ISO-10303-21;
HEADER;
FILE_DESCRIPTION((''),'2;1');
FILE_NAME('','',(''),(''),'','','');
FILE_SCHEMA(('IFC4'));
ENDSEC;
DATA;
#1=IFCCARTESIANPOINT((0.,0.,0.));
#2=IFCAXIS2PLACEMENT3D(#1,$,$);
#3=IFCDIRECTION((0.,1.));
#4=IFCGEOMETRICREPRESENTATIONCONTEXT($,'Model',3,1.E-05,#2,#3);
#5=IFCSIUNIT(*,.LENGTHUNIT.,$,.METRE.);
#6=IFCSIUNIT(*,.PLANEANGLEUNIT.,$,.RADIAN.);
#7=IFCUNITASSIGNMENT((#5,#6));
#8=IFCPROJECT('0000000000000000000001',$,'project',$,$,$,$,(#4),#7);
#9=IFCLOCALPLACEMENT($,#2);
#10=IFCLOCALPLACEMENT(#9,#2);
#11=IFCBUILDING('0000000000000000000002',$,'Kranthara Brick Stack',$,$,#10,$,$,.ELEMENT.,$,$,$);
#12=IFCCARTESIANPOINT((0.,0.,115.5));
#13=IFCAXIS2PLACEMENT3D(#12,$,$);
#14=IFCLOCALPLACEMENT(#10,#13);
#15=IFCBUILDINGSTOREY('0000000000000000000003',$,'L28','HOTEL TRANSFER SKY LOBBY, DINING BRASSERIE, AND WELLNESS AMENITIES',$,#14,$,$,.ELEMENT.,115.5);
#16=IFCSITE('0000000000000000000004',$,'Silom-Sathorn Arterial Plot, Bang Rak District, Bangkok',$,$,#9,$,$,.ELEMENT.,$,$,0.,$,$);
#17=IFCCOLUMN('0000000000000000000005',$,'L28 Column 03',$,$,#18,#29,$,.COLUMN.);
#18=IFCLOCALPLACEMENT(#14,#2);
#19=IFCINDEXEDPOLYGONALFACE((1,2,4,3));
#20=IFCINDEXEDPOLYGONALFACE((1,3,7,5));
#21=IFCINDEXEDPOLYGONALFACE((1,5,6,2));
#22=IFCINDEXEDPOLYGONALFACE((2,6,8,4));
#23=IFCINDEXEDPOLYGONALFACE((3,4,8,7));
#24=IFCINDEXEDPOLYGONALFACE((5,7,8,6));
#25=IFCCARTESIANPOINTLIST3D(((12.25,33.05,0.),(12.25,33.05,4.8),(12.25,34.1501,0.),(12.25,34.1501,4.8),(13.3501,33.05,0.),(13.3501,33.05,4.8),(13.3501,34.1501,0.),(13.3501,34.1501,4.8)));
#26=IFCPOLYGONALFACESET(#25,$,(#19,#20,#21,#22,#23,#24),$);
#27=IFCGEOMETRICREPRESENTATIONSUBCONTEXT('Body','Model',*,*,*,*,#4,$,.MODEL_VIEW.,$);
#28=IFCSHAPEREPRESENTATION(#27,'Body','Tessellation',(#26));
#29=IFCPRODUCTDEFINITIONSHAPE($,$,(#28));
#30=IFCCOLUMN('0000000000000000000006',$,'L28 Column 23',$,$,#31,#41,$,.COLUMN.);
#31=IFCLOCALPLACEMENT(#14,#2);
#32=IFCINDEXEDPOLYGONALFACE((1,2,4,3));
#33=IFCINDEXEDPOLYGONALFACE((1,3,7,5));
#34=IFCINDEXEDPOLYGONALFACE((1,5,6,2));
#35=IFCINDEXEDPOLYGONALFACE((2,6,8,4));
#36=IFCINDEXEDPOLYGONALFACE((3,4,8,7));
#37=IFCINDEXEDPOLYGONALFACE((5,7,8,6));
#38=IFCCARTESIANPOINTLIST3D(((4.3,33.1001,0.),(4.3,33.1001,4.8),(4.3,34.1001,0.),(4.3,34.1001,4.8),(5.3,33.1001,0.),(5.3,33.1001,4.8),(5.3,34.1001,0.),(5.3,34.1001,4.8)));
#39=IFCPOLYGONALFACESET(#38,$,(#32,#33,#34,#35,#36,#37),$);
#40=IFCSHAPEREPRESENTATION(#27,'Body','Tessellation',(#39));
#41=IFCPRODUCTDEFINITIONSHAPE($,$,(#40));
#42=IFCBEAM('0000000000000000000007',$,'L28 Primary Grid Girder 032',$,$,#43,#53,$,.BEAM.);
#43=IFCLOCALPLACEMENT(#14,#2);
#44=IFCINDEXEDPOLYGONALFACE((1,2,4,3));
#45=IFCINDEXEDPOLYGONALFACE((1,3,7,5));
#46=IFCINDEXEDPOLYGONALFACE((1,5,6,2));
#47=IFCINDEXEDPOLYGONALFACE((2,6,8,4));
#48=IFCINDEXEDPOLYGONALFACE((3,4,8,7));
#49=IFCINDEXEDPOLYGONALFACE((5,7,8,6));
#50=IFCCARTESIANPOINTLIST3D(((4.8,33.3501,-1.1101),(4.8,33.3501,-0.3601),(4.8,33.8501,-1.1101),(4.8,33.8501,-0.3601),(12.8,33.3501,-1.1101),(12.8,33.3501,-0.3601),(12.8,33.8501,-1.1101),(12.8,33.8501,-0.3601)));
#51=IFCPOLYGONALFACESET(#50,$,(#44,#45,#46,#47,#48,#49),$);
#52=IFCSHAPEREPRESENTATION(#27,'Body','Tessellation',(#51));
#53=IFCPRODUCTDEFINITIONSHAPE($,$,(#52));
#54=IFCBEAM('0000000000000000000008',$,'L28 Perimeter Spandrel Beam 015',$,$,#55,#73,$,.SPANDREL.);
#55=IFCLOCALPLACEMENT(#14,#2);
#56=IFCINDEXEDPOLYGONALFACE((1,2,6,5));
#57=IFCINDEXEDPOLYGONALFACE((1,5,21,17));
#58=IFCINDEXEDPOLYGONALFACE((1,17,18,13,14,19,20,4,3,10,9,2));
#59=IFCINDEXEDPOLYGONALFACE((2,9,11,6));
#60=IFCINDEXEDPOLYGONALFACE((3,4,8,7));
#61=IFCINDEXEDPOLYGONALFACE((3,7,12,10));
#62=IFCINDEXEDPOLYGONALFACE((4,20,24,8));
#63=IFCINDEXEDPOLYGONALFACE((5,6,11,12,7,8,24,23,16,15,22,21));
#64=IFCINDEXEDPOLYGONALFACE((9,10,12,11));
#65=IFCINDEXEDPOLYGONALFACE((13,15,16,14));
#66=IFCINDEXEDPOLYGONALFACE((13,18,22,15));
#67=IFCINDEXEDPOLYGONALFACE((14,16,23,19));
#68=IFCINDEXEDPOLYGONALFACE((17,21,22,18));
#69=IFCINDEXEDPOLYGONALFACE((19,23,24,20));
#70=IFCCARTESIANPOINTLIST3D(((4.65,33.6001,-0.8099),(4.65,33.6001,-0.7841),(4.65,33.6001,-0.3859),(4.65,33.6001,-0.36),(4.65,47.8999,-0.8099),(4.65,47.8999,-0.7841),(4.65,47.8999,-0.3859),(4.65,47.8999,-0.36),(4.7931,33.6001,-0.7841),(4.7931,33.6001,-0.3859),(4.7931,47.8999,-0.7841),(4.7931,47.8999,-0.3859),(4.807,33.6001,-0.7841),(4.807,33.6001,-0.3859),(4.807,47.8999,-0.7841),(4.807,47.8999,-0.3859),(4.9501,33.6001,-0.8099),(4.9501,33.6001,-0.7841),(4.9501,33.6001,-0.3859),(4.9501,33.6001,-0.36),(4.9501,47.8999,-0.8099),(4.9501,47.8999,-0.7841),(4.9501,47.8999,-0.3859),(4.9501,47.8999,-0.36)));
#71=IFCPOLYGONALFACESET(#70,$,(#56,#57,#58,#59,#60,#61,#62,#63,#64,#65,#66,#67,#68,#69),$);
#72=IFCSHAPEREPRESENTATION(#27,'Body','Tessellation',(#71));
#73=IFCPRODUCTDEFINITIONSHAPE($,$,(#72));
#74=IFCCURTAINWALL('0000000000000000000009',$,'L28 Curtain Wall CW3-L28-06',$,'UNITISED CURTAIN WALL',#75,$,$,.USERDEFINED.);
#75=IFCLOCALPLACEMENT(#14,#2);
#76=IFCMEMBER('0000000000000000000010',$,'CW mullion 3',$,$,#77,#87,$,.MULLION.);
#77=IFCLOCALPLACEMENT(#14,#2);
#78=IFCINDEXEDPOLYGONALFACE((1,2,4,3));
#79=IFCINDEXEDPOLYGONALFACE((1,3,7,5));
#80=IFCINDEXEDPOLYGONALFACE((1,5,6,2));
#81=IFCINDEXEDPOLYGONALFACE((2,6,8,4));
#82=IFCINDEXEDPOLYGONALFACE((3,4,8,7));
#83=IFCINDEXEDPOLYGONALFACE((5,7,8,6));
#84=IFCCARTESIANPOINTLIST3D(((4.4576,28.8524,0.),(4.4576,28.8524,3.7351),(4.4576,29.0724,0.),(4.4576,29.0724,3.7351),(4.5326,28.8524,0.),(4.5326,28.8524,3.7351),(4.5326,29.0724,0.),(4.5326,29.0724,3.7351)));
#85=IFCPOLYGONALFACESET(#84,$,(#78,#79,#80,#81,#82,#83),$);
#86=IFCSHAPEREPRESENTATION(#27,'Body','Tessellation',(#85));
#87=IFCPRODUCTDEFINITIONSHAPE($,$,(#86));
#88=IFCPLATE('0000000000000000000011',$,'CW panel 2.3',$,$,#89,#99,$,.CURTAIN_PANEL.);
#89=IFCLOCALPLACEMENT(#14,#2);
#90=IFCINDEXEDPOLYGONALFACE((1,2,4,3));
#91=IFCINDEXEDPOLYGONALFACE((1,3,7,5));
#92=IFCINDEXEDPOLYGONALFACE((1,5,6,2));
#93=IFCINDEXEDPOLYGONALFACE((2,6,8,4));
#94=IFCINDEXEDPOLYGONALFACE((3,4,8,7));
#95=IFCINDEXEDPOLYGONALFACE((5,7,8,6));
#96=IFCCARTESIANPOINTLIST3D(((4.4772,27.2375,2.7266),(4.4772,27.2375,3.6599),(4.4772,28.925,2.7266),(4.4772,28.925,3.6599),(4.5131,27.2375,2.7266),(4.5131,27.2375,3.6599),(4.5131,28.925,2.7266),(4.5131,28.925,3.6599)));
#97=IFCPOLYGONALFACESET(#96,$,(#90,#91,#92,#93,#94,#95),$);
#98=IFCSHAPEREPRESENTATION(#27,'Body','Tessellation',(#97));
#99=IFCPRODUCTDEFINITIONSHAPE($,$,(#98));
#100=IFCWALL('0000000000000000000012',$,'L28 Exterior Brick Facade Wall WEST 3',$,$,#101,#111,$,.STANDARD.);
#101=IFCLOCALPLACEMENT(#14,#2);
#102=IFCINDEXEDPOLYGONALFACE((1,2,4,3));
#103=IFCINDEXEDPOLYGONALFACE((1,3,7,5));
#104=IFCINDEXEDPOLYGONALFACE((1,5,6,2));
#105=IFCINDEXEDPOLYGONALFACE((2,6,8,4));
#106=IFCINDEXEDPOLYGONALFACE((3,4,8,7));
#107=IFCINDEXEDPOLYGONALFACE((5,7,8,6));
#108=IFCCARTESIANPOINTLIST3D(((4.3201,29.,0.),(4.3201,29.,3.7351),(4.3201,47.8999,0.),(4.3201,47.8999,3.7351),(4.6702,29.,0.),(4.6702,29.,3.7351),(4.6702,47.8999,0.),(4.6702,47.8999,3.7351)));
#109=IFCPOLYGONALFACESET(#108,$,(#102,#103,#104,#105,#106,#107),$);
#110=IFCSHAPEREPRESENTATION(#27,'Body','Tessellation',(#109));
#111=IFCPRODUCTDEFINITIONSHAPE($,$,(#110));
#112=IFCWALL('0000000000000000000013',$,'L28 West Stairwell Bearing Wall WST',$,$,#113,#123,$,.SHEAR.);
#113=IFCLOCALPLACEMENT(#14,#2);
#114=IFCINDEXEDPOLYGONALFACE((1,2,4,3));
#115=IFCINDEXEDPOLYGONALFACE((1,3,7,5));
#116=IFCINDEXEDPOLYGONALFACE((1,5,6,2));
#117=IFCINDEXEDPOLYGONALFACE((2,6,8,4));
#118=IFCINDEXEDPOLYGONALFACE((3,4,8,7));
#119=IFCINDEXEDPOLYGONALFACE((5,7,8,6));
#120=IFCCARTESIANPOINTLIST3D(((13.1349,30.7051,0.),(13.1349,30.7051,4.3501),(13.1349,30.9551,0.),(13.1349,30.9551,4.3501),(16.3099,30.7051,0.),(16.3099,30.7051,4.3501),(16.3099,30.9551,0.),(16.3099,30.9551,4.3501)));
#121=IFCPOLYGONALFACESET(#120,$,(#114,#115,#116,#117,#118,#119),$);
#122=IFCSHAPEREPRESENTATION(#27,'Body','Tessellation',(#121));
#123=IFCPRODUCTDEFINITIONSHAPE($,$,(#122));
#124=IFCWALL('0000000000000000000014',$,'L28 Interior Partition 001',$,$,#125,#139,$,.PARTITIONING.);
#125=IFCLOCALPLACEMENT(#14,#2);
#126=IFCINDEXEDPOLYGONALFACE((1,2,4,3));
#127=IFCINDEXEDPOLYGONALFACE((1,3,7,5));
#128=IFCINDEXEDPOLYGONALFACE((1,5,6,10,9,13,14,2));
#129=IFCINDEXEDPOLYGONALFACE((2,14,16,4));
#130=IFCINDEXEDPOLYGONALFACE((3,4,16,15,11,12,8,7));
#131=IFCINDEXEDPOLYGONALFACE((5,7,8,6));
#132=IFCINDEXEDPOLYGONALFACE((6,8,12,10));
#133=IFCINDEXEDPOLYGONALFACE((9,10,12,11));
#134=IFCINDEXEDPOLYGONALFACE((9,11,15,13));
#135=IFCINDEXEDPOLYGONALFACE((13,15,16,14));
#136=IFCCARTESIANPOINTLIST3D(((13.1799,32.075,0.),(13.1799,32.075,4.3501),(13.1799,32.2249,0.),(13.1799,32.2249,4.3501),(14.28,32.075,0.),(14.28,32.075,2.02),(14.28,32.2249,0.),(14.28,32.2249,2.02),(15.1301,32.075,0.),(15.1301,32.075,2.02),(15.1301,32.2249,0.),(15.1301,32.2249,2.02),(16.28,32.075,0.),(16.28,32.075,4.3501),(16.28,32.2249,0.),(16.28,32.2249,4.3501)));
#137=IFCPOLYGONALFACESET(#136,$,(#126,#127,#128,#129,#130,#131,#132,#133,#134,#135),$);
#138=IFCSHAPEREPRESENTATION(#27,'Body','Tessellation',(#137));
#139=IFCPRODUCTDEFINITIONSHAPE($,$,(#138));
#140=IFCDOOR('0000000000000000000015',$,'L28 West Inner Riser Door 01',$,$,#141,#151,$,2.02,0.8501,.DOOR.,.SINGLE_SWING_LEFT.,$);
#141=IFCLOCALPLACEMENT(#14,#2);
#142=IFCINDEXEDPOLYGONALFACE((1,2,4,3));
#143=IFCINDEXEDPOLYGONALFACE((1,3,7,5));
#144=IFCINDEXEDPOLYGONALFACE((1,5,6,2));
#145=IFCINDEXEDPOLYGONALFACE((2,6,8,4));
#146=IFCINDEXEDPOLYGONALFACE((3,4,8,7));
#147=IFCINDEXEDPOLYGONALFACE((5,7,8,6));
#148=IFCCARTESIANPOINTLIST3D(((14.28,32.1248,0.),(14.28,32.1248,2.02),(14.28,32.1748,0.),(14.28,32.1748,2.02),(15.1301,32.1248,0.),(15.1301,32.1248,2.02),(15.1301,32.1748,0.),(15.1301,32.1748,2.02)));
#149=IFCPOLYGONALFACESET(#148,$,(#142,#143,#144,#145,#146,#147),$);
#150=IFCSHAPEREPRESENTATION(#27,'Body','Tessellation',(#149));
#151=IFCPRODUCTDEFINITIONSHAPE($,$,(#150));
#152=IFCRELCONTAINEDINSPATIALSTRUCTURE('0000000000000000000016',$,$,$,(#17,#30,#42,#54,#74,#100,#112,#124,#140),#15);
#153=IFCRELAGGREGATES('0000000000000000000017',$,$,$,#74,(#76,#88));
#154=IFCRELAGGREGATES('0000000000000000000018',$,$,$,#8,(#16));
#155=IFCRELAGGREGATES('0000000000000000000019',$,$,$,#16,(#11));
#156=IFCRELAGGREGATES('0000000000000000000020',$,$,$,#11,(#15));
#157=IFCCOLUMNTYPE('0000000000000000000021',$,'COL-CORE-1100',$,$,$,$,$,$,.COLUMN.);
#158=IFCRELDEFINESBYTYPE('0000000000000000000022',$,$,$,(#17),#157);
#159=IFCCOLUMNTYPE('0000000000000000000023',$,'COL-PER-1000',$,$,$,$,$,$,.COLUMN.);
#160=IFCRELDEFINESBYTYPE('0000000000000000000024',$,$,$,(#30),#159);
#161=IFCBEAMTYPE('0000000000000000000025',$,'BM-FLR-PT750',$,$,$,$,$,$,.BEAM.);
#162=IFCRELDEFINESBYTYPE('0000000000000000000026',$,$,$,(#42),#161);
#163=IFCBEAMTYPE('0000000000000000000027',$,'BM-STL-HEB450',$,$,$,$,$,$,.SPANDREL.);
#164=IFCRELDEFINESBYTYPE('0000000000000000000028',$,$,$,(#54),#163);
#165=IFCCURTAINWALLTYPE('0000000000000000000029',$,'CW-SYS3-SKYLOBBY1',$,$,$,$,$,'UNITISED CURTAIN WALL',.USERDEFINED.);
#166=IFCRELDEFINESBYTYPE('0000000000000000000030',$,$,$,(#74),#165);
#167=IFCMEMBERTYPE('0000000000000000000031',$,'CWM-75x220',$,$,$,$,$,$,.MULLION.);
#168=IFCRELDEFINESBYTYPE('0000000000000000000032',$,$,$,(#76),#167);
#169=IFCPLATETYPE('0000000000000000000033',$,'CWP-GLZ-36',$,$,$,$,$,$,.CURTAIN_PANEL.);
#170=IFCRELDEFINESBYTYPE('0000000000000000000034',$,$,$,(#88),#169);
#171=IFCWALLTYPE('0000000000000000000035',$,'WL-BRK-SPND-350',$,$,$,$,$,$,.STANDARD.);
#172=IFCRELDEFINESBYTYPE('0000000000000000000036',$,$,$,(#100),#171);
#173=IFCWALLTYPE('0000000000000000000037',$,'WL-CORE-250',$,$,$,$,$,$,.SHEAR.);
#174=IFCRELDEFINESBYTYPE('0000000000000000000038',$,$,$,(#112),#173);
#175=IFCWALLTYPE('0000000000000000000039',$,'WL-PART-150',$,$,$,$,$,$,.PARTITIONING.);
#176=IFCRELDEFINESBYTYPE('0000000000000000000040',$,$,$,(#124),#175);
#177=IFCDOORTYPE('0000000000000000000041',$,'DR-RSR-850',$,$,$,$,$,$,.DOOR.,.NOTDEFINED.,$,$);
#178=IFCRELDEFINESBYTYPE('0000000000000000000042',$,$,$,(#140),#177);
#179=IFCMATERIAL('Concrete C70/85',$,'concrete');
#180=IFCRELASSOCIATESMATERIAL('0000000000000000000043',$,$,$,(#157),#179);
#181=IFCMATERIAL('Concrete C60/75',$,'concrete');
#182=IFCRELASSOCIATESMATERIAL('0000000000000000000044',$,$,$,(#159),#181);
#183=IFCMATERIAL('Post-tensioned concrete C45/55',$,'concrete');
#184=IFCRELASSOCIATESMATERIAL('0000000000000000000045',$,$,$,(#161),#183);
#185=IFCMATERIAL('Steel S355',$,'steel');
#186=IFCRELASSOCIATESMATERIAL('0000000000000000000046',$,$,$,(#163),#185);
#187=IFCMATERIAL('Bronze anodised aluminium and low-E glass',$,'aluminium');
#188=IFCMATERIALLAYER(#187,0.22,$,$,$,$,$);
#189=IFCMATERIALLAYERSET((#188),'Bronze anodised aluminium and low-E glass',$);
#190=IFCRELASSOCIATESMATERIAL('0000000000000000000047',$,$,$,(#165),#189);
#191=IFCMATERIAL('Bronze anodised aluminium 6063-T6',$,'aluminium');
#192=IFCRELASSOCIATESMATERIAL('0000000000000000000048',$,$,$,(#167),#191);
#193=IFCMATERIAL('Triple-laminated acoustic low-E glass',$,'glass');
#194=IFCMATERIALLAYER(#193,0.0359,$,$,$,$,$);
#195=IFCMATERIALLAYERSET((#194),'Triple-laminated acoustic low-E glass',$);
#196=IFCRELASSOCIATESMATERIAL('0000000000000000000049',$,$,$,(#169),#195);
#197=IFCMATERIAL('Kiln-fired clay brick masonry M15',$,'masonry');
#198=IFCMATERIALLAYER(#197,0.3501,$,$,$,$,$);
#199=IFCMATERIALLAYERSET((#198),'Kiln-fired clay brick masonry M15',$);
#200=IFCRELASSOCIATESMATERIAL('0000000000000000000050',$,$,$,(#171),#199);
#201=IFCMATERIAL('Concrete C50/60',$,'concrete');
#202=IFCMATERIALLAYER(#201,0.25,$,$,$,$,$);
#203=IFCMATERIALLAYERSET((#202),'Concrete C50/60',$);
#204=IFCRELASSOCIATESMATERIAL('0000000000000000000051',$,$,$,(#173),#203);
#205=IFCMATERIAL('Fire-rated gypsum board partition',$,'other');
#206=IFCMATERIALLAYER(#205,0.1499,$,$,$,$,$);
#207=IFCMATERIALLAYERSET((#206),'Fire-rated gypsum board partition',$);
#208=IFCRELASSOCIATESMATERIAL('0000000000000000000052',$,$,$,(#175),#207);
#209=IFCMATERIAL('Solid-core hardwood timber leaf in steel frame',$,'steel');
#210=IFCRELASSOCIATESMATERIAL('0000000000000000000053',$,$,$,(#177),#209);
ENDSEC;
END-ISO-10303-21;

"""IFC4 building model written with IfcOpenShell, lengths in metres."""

from ifc_helpers import new_model, si_unit, direction, frame, frame_2d, origin, origin_2d, place, context, subcontext, project, spatial, rectangle, i_section, extrude, material, layer, layer_set, material_profile, profile_set, type_object, element, fill, aggregate, save


model = new_model("IFC4")

# Units and contexts
model_context = context("Model", 3, precision=1e-05, world=origin(), true_north=direction((0.0, 1.0)))
body_context = subcontext(model_context, "Body", "Model", "MODEL_VIEW")
ifc_project = project(units=[si_unit("LENGTHUNIT", "METRE"), si_unit("PLANEANGLEUNIT", "RADIAN")], contexts=[model_context])

# Site, building, storey
site_placement = place(None, origin())
site = spatial("IfcSite", under=ifc_project, at=site_placement, Name="Silom-Sathorn Arterial Plot, Bang Rak District, Bangkok", CompositionType="ELEMENT", RefElevation=0.0)
building_placement = place(site_placement, origin())
building = spatial("IfcBuilding", under=site, at=building_placement, Name="Kranthara Brick Stack", CompositionType="ELEMENT")
storey_placement = place(building_placement, frame((0.0, 0.0, 115.5)))
storey = spatial("IfcBuildingStorey", under=building, at=storey_placement, Name="L28", Description="HOTEL TRANSFER SKY LOBBY, DINING BRASSERIE, AND WELLNESS AMENITIES", CompositionType="ELEMENT", Elevation=115.5)

# Columns
ifc_material_1 = material(Name="Concrete C70/85", Category="concrete")
ifc_material_profile_1 = material_profile(ifc_material_1, rectangle(XDim=1.1001, YDim=1.1001, at=origin_2d()), Name="RC 1100x1100")
ifc_profile_set_1 = profile_set([ifc_material_profile_1], Name="Concrete C70/85")
column_type_1 = type_object("IfcColumnType", Name="COL-CORE-1100", PredefinedType="COLUMN", material=ifc_profile_set_1)
column_1_placement = place(storey_placement, frame((12.8, 33.6001, 0.0), z_axis=(0.0, 0.0, 1.0), x_axis=(1.0, 0.0, 0.0)))
element("IfcColumn", 1, at=column_1_placement, inside=storey, type_object=column_type_1, Name="L28 Column 03", PredefinedType="COLUMN", context=body_context, shape_type="SweptSolid", body=[
    extrude(rectangle(XDim=1.1001, YDim=1.1001, at=origin_2d()), origin(), (0.0, 0.0, 1.0), 4.8),
])
ifc_material_2 = material(Name="Concrete C60/75", Category="concrete")
ifc_material_profile_2 = material_profile(ifc_material_2, rectangle(XDim=1.0, YDim=1.0, at=origin_2d()), Name="RC 1000x1000")
ifc_profile_set_2 = profile_set([ifc_material_profile_2], Name="Concrete C60/75")
column_type_2 = type_object("IfcColumnType", Name="COL-PER-1000", PredefinedType="COLUMN", material=ifc_profile_set_2)
column_2_placement = place(storey_placement, frame((4.8, 33.6001, 0.0), z_axis=(0.0, 0.0, 1.0), x_axis=(1.0, 0.0, 0.0)))
element("IfcColumn", 2, at=column_2_placement, inside=storey, type_object=column_type_2, Name="L28 Column 23", PredefinedType="COLUMN", context=body_context, shape_type="SweptSolid", body=[
    extrude(rectangle(XDim=1.0, YDim=1.0, at=origin_2d()), origin(), (0.0, 0.0, 1.0), 4.8),
])

# Beams
ifc_material_3 = material(Name="Post-tensioned concrete C45/55", Category="concrete")
ifc_material_profile_3 = material_profile(ifc_material_3, rectangle(XDim=0.5, YDim=0.75, at=origin_2d()), Name="PT 500x750")
ifc_profile_set_3 = profile_set([ifc_material_profile_3], Name="Post-tensioned concrete C45/55")
beam_type_1 = type_object("IfcBeamType", Name="BM-FLR-PT750", PredefinedType="BEAM", material=ifc_profile_set_3)
beam_1_placement = place(storey_placement, frame((4.8, 33.6001, -0.7351), z_axis=(1.0, 0.0, 0.0), x_axis=(0.0, 1.0, 0.0)))
element("IfcBeam", 3, at=beam_1_placement, inside=storey, type_object=beam_type_1, Name="L28 Primary Grid Girder 032", PredefinedType="BEAM", context=body_context, shape_type="SweptSolid", body=[
    extrude(rectangle(XDim=0.5, YDim=0.75, at=origin_2d()), origin(), (0.0, 0.0, 1.0), 8.0),
])
ifc_material_4 = material(Name="Steel S355", Category="steel")
ifc_material_profile_4 = material_profile(ifc_material_4, i_section(OverallWidth=0.3, OverallDepth=0.45, WebThickness=0.0139, FlangeThickness=0.0259, at=origin_2d()), Name="HEB 450")
ifc_profile_set_4 = profile_set([ifc_material_profile_4], Name="Steel S355")
beam_type_2 = type_object("IfcBeamType", Name="BM-STL-HEB450", PredefinedType="SPANDREL", material=ifc_profile_set_4)
beam_2_placement = place(storey_placement, frame((4.8, 33.6001, -0.585), z_axis=(0.0, 1.0, 0.0), x_axis=(-1.0, 0.0, 0.0)))
element("IfcBeam", 4, at=beam_2_placement, inside=storey, type_object=beam_type_2, Name="L28 Perimeter Spandrel Beam 015", PredefinedType="SPANDREL", context=body_context, shape_type="SweptSolid", body=[
    extrude(i_section(OverallWidth=0.3, OverallDepth=0.45, WebThickness=0.0139, FlangeThickness=0.0259, at=origin_2d()), origin(), (0.0, 0.0, 1.0), 14.2998),
])

# Curtain wall, member, plate
ifc_material_5 = material(Name="Bronze anodised aluminium and low-E glass", Category="aluminium")
ifc_layer_1 = layer(ifc_material_5, 0.22)
ifc_layer_set_1 = layer_set([ifc_layer_1], Name="Bronze anodised aluminium and low-E glass")
curtain_wall_type = type_object("IfcCurtainWallType", Name="CW-SYS3-SKYLOBBY1", ElementType="UNITISED CURTAIN WALL", PredefinedType="USERDEFINED", material=ifc_layer_set_1)
curtain_wall_placement = place(storey_placement, origin())
curtain_wall = element("IfcCurtainWall", 5, at=curtain_wall_placement, inside=storey, type_object=curtain_wall_type, Name="L28 Curtain Wall CW3-L28-06", ObjectType="UNITISED CURTAIN WALL", PredefinedType="USERDEFINED")
ifc_material_6 = material(Name="Bronze anodised aluminium 6063-T6", Category="aluminium")
ifc_material_profile_5 = material_profile(ifc_material_6, rectangle(XDim=0.075, YDim=0.22, at=origin_2d()), Name="ALU MULLION 75x220")
ifc_profile_set_5 = profile_set([ifc_material_profile_5], Name="Bronze anodised aluminium 6063-T6")
member_type = type_object("IfcMemberType", Name="CWM-75x220", PredefinedType="MULLION", material=ifc_profile_set_5)
member_placement = place(storey_placement, frame((4.4951, 28.9624, 0.0), z_axis=(0.0, 0.0, 1.0), x_axis=(-1.0, 0.0, 0.0)))
member = element("IfcMember", 6, at=member_placement, type_object=member_type, Name="CW mullion 3", PredefinedType="MULLION", context=body_context, shape_type="SweptSolid", body=[
    extrude(rectangle(XDim=0.075, YDim=0.22, at=origin_2d()), origin(), (0.0, 0.0, 1.0), 3.7351),
])
ifc_material_7 = material(Name="Triple-laminated acoustic low-E glass", Category="glass")
ifc_layer_2 = layer(ifc_material_7, 0.0359)
ifc_layer_set_2 = layer_set([ifc_layer_2], Name="Triple-laminated acoustic low-E glass")
plate_type = type_object("IfcPlateType", Name="CWP-GLZ-36", PredefinedType="CURTAIN_PANEL", material=ifc_layer_set_2)
plate_placement = place(storey_placement, frame((4.4951, 28.0813, 2.7266), z_axis=(0.0, 0.0, 1.0), x_axis=(0.0, 1.0, 0.0)))
plate = element("IfcPlate", 7, at=plate_placement, type_object=plate_type, Name="CW panel 2.3", PredefinedType="CURTAIN_PANEL", context=body_context, shape_type="SweptSolid", body=[
    extrude(rectangle(XDim=1.6875, YDim=0.0359, at=origin_2d()), origin(), (0.0, 0.0, 1.0), 0.9333),
])
aggregate(curtain_wall, [member, plate])

# Walls
ifc_material_8 = material(Name="Kiln-fired clay brick masonry M15", Category="masonry")
ifc_layer_3 = layer(ifc_material_8, 0.3501)
ifc_layer_set_3 = layer_set([ifc_layer_3], Name="Kiln-fired clay brick masonry M15")
wall_type_1 = type_object("IfcWallType", Name="WL-BRK-SPND-350", PredefinedType="STANDARD", material=ifc_layer_set_3)
wall_1_placement = place(storey_placement, frame((4.4951, 29.0, 0.0), z_axis=(0.0, 0.0, 1.0), x_axis=(0.0, 1.0, 0.0)))
element("IfcWall", 8, at=wall_1_placement, inside=storey, type_object=wall_type_1, Name="L28 Exterior Brick Facade Wall WEST 3", PredefinedType="STANDARD", context=body_context, shape_type="SweptSolid", body=[
    extrude(rectangle(XDim=18.8999, YDim=0.3501, at=frame_2d((9.45, 0.0))), origin(), (0.0, 0.0, 1.0), 3.7351),
])
ifc_material_9 = material(Name="Concrete C50/60", Category="concrete")
ifc_layer_4 = layer(ifc_material_9, 0.25)
ifc_layer_set_4 = layer_set([ifc_layer_4], Name="Concrete C50/60")
wall_type_2 = type_object("IfcWallType", Name="WL-CORE-250", PredefinedType="SHEAR", material=ifc_layer_set_4)
wall_2_placement = place(storey_placement, frame((13.135, 30.8301, 0.0), z_axis=(0.0, 0.0, 1.0), x_axis=(1.0, 0.0, 0.0)))
element("IfcWall", 9, at=wall_2_placement, inside=storey, type_object=wall_type_2, Name="L28 West Stairwell Bearing Wall WST", PredefinedType="SHEAR", context=body_context, shape_type="SweptSolid", body=[
    extrude(rectangle(XDim=3.175, YDim=0.25, at=frame_2d((1.5874, 0.0))), origin(), (0.0, 0.0, 1.0), 4.3501),
])

# Wall, opening, door
ifc_material_10 = material(Name="Fire-rated gypsum board partition", Category="other")
ifc_layer_5 = layer(ifc_material_10, 0.1499)
ifc_layer_set_5 = layer_set([ifc_layer_5], Name="Fire-rated gypsum board partition")
wall_type_3 = type_object("IfcWallType", Name="WL-PART-150", PredefinedType="PARTITIONING", material=ifc_layer_set_5)
wall_3_placement = place(storey_placement, frame((13.1799, 32.1499, 0.0), z_axis=(0.0, 0.0, 1.0), x_axis=(1.0, 0.0, 0.0)))
wall_3 = element("IfcWall", 10, at=wall_3_placement, inside=storey, type_object=wall_type_3, Name="L28 Interior Partition 001", PredefinedType="PARTITIONING", context=body_context, shape_type="SweptSolid", body=[
    extrude(rectangle(XDim=3.1001, YDim=0.1499, at=frame_2d((1.55, 0.0))), origin(), (0.0, 0.0, 1.0), 4.3501),
])
opening_1_placement = place(wall_3_placement, frame((1.1001, 0.0, 0.0)))
opening_1 = element("IfcOpeningElement", 11, at=opening_1_placement, cuts=wall_3, PredefinedType="OPENING", context=body_context, shape_type="SweptSolid", body=[
    extrude(rectangle(XDim=0.8501, YDim=2.02, at=frame_2d((0.425, 1.01))), frame((0.0, 0.085, 0.0), z_axis=(0.0, -1.0, 0.0), x_axis=(1.0, 0.0, 0.0)), (0.0, 0.0, 1.0), 0.1699),
])
ifc_material_11 = material(Name="Solid-core hardwood timber leaf in steel frame", Category="steel")
door_type = type_object("IfcDoorType", Name="DR-RSR-850", OperationType="NOTDEFINED", PredefinedType="DOOR", material=ifc_material_11)
door_1_placement = place(opening_1_placement, origin())
door_1 = element("IfcDoor", 12, at=door_1_placement, inside=storey, type_object=door_type, Name="L28 West Inner Riser Door 01", OperationType="SINGLE_SWING_LEFT", OverallHeight=2.02, OverallWidth=0.8501, PredefinedType="DOOR", context=body_context, shape_type="SweptSolid", body=[
    extrude(rectangle(XDim=0.8501, YDim=2.02, at=frame_2d((0.425, 1.01))), frame((0.0, 0.0249, 0.0), z_axis=(0.0, -1.0, 0.0), x_axis=(1.0, 0.0, 0.0)), (0.0, 0.0, 1.0), 0.05),
])
fill(opening_1, door_1)

save(model, "model.ifc")
